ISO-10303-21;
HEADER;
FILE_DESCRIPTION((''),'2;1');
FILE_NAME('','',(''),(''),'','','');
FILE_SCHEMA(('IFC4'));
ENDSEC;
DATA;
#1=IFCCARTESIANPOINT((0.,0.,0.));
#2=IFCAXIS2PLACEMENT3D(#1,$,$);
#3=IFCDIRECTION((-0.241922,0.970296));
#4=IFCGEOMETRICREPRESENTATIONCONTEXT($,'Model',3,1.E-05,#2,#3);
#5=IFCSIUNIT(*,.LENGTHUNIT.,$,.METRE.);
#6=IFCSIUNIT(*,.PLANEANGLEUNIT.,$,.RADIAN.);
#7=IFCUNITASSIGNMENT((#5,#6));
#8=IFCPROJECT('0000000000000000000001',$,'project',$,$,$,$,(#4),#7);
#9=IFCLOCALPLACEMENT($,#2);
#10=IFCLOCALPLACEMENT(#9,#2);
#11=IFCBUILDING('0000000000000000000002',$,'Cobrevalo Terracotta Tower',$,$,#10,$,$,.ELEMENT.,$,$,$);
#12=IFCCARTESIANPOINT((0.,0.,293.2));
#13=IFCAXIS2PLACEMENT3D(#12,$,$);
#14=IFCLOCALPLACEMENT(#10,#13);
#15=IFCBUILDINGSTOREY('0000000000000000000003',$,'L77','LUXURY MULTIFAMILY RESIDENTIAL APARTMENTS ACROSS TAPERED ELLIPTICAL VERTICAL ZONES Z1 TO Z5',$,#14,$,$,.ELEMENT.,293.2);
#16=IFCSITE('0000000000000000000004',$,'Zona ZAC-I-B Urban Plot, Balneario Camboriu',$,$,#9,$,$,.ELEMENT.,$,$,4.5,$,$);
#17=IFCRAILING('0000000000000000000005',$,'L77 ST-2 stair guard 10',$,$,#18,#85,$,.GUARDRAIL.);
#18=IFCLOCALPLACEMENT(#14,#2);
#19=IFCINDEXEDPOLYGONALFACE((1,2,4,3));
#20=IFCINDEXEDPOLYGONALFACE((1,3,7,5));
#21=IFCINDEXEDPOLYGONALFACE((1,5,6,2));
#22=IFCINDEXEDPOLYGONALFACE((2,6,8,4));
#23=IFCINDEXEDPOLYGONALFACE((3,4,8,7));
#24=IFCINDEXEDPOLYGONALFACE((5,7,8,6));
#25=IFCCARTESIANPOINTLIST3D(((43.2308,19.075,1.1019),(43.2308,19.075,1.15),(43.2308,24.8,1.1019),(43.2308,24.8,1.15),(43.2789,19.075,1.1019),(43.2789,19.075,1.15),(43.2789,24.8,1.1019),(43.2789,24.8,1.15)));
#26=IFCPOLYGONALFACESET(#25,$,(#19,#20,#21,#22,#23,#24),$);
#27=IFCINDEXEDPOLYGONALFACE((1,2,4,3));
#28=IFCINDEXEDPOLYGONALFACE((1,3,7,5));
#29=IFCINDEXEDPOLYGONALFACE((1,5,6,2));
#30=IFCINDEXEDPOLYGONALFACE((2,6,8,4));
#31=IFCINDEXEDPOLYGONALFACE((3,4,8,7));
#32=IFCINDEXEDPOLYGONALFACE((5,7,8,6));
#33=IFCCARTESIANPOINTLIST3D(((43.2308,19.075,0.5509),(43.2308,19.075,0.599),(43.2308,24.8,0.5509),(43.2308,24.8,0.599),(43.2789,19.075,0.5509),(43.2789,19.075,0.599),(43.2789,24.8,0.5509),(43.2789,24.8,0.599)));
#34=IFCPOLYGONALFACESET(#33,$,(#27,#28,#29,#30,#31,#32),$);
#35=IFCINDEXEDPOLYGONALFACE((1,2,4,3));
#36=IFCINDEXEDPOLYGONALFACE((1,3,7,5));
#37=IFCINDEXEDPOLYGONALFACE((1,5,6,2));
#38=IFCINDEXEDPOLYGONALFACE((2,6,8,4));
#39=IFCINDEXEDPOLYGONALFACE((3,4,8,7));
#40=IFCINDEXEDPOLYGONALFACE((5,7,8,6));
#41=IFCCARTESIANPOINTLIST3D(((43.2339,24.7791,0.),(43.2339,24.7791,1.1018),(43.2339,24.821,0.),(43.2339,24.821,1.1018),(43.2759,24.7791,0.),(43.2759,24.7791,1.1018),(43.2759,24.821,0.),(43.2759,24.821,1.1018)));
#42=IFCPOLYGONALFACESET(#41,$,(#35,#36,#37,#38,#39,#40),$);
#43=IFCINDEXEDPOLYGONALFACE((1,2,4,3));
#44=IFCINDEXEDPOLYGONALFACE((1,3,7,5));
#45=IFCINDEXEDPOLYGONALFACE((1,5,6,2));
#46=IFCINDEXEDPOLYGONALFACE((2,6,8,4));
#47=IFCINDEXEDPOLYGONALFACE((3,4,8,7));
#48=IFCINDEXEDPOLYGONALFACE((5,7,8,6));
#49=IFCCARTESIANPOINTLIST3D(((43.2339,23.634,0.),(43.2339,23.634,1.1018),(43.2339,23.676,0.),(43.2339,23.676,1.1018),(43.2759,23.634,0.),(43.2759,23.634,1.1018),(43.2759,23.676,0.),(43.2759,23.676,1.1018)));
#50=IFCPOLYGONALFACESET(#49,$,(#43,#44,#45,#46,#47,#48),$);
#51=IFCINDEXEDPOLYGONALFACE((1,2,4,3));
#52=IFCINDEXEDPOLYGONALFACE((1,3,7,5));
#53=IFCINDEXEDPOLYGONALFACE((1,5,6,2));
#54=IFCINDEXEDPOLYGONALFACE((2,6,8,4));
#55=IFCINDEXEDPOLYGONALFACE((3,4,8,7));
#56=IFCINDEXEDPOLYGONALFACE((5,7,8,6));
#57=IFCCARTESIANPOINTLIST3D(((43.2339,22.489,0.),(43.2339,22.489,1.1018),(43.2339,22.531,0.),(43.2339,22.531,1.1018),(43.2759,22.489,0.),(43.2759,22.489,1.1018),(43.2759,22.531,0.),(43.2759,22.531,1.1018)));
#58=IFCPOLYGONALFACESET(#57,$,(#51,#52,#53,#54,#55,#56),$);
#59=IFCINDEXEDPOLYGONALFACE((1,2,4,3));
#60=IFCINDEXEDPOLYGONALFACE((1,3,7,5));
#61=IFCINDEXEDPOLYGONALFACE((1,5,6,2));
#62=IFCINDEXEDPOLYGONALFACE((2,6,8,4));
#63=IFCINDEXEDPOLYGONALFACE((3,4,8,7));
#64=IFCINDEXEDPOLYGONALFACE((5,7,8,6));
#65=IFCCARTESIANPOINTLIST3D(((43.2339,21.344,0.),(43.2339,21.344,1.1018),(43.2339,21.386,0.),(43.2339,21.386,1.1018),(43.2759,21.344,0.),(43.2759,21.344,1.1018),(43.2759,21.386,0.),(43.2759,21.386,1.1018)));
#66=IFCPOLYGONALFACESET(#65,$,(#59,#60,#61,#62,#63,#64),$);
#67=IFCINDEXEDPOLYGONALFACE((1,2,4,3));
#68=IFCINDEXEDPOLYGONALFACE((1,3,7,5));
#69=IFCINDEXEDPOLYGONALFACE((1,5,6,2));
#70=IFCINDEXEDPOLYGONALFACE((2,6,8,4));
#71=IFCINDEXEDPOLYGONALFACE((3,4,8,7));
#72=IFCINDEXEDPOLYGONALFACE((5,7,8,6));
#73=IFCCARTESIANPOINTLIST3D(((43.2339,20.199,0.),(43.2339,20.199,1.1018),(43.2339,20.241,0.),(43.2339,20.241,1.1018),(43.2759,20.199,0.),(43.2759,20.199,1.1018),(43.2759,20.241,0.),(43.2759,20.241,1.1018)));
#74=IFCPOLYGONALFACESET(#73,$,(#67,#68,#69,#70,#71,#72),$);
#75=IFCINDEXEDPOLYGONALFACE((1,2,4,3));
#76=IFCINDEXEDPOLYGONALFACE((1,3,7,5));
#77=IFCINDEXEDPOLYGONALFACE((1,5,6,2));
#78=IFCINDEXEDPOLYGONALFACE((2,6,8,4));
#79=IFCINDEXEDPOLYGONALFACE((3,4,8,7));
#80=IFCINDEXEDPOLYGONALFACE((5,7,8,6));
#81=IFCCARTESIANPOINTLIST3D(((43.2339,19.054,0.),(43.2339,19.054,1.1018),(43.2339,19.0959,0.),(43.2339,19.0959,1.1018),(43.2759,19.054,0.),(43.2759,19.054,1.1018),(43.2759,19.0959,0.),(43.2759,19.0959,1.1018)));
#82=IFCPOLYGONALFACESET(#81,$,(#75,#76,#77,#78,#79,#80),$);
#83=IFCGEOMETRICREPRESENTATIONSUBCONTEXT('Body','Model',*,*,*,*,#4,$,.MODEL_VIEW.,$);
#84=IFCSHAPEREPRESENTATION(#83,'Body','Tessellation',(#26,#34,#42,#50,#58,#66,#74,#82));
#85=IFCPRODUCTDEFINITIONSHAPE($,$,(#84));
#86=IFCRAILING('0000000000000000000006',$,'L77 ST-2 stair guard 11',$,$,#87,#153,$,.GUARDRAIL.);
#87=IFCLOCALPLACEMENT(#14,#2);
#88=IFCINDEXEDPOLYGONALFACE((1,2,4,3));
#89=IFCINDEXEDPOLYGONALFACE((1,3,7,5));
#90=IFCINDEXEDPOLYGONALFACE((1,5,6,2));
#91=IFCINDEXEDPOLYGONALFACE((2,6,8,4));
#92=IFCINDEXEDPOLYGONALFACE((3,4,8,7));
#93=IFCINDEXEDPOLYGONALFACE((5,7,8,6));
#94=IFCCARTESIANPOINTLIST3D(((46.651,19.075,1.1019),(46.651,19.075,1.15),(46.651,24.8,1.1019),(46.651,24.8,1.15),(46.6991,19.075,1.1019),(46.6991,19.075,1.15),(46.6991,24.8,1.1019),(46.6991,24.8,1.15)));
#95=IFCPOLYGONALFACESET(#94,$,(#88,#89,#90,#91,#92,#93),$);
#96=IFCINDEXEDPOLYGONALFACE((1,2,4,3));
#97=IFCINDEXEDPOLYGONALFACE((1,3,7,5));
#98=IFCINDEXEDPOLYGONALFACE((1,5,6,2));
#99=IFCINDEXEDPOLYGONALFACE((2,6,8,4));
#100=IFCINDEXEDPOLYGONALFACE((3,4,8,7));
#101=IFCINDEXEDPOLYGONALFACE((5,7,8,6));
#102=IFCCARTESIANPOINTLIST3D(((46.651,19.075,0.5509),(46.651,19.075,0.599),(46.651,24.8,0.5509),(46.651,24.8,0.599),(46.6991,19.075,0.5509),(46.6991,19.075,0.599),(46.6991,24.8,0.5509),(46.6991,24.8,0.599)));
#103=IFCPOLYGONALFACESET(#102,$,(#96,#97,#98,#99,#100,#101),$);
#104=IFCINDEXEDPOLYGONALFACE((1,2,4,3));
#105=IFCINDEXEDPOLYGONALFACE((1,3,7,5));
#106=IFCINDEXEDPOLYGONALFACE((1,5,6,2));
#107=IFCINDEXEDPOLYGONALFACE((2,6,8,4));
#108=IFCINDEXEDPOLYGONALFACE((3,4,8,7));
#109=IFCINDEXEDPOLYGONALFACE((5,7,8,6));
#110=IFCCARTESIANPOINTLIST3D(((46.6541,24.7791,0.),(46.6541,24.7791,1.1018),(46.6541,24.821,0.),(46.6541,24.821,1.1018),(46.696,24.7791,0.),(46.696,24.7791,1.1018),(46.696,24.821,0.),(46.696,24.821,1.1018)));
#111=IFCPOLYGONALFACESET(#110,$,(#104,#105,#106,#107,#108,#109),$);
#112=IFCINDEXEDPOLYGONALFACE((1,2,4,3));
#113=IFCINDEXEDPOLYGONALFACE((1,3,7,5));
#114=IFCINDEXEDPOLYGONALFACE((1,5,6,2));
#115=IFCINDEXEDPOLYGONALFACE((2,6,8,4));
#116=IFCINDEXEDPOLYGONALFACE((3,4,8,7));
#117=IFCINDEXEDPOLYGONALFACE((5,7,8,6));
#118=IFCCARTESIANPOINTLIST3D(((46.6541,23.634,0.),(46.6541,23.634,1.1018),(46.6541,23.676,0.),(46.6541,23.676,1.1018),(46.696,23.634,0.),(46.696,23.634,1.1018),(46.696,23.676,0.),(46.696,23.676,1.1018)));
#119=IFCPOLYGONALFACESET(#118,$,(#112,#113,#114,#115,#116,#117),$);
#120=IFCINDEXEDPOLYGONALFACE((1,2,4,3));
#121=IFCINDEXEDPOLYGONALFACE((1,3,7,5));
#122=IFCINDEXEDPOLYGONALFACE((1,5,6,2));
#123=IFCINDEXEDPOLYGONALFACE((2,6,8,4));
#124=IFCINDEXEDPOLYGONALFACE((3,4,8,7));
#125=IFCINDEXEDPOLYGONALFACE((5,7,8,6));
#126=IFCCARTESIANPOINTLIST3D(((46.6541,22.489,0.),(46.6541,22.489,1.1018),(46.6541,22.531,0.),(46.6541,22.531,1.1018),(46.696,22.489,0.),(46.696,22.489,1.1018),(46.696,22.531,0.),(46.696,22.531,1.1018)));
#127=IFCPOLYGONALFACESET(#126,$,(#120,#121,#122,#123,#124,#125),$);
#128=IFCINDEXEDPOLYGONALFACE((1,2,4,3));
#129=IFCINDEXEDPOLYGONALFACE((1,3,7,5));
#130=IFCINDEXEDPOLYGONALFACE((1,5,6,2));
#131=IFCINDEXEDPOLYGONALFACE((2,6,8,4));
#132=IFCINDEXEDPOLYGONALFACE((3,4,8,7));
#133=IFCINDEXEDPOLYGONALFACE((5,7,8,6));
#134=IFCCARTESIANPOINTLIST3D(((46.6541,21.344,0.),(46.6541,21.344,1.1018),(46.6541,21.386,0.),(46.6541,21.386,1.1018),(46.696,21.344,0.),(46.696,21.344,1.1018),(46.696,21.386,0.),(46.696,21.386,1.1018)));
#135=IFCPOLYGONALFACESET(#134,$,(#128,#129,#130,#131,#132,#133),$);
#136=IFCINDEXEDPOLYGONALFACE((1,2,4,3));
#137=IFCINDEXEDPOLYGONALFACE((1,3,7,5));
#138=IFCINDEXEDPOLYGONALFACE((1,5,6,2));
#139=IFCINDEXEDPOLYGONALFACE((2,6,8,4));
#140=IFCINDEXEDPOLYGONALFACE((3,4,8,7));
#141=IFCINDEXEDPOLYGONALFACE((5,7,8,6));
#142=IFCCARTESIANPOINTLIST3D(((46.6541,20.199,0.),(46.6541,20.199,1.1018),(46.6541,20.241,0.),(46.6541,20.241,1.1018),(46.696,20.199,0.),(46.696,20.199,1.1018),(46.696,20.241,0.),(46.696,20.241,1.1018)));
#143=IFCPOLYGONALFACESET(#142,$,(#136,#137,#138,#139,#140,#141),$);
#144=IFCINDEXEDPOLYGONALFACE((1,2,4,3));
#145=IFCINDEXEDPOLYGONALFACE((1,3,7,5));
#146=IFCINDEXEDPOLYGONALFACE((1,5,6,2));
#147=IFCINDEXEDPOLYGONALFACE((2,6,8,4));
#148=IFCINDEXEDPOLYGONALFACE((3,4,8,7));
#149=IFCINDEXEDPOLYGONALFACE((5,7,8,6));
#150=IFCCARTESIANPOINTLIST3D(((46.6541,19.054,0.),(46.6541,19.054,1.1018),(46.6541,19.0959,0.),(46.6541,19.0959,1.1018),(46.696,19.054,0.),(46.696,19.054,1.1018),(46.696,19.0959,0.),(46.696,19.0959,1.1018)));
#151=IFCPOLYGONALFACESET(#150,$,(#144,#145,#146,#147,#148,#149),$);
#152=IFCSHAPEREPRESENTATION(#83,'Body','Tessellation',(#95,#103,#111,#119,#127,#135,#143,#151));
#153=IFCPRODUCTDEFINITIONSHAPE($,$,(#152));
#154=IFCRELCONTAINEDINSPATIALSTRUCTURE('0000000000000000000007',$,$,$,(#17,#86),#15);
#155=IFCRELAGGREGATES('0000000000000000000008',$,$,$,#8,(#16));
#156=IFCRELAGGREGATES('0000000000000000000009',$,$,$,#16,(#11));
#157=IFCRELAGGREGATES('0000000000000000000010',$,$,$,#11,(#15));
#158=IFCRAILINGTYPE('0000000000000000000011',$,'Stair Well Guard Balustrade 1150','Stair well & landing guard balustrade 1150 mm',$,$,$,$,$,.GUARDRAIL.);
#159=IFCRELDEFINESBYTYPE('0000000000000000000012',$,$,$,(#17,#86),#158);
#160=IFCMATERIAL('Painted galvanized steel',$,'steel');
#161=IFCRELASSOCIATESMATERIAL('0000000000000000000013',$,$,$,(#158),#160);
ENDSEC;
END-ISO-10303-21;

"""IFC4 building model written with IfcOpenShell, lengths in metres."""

from ifc_helpers import new_model, si_unit, direction, frame, origin, origin_2d, place, context, subcontext, project, spatial, rectangle, extrude, material, type_object, element, save


model = new_model("IFC4")

# Units and contexts
model_context = context("Model", 3, precision=1e-05, world=origin(), true_north=direction((-0.241922, 0.970296)))
body_context = subcontext(model_context, "Body", "Model", "MODEL_VIEW")
ifc_project = project(units=[si_unit("LENGTHUNIT", "METRE"), si_unit("PLANEANGLEUNIT", "RADIAN")], contexts=[model_context])

# Site, building, storey
site_placement = place(None, origin())
site = spatial("IfcSite", under=ifc_project, at=site_placement, Name="Zona ZAC-I-B Urban Plot, Balneario Camboriu", CompositionType="ELEMENT", RefElevation=4.5)
building_placement = place(site_placement, origin())
building = spatial("IfcBuilding", under=site, at=building_placement, Name="Cobrevalo Terracotta Tower", CompositionType="ELEMENT")
storey_placement = place(building_placement, frame((0.0, 0.0, 293.2)))
storey = spatial("IfcBuildingStorey", under=building, at=storey_placement, Name="L77", Description="LUXURY MULTIFAMILY RESIDENTIAL APARTMENTS ACROSS TAPERED ELLIPTICAL VERTICAL ZONES Z1 TO Z5", CompositionType="ELEMENT", Elevation=293.2)

# Railings
ifc_material_1 = material(Name="Painted galvanized steel", Category="steel")
railing_type = type_object("IfcRailingType", Name="Stair Well Guard Balustrade 1150", Description="Stair well & landing guard balustrade 1150 mm", PredefinedType="GUARDRAIL", material=ifc_material_1)
for number, where, name in (
    (1, (43.2549, 24.8, 0.0), "L77 ST-2 stair guard 10"),
    (2, (46.675, 24.8, 0.0), "L77 ST-2 stair guard 11"),
):
    element("IfcRailing", number, at=place(storey_placement, frame(where)), inside=storey, type_object=railing_type, Name=name, PredefinedType="GUARDRAIL", context=body_context, shape_type="SweptSolid", body=[
        extrude(rectangle(XDim=0.0481, YDim=0.0481, at=origin_2d()), frame((0.0, 0.0, 1.126), z_axis=(0.0, -1.0, 0.0), x_axis=(1.0, 0.0, 0.0)), (0.0, 0.0, 1.0), 5.7251),
        extrude(rectangle(XDim=0.0481, YDim=0.0481, at=origin_2d()), frame((0.0, 0.0, 0.575), z_axis=(0.0, -1.0, 0.0), x_axis=(1.0, 0.0, 0.0)), (0.0, 0.0, 1.0), 5.7251),
        extrude(rectangle(XDim=0.042, YDim=0.042, at=origin_2d()), origin(), (0.0, 0.0, 1.0), 1.1018),
        extrude(rectangle(XDim=0.042, YDim=0.042, at=origin_2d()), frame((0.0, -1.145, 0.0)), (0.0, 0.0, 1.0), 1.1018),
        extrude(rectangle(XDim=0.042, YDim=0.042, at=origin_2d()), frame((0.0, -2.29, 0.0)), (0.0, 0.0, 1.0), 1.1018),
        extrude(rectangle(XDim=0.042, YDim=0.042, at=origin_2d()), frame((0.0, -3.4351, 0.0)), (0.0, 0.0, 1.0), 1.1018),
        extrude(rectangle(XDim=0.042, YDim=0.042, at=origin_2d()), frame((0.0, -4.5801, 0.0)), (0.0, 0.0, 1.0), 1.1018),
        extrude(rectangle(XDim=0.042, YDim=0.042, at=origin_2d()), frame((0.0, -5.7251, 0.0)), (0.0, 0.0, 1.0), 1.1018),
    ])

save(model, "model.ifc")
